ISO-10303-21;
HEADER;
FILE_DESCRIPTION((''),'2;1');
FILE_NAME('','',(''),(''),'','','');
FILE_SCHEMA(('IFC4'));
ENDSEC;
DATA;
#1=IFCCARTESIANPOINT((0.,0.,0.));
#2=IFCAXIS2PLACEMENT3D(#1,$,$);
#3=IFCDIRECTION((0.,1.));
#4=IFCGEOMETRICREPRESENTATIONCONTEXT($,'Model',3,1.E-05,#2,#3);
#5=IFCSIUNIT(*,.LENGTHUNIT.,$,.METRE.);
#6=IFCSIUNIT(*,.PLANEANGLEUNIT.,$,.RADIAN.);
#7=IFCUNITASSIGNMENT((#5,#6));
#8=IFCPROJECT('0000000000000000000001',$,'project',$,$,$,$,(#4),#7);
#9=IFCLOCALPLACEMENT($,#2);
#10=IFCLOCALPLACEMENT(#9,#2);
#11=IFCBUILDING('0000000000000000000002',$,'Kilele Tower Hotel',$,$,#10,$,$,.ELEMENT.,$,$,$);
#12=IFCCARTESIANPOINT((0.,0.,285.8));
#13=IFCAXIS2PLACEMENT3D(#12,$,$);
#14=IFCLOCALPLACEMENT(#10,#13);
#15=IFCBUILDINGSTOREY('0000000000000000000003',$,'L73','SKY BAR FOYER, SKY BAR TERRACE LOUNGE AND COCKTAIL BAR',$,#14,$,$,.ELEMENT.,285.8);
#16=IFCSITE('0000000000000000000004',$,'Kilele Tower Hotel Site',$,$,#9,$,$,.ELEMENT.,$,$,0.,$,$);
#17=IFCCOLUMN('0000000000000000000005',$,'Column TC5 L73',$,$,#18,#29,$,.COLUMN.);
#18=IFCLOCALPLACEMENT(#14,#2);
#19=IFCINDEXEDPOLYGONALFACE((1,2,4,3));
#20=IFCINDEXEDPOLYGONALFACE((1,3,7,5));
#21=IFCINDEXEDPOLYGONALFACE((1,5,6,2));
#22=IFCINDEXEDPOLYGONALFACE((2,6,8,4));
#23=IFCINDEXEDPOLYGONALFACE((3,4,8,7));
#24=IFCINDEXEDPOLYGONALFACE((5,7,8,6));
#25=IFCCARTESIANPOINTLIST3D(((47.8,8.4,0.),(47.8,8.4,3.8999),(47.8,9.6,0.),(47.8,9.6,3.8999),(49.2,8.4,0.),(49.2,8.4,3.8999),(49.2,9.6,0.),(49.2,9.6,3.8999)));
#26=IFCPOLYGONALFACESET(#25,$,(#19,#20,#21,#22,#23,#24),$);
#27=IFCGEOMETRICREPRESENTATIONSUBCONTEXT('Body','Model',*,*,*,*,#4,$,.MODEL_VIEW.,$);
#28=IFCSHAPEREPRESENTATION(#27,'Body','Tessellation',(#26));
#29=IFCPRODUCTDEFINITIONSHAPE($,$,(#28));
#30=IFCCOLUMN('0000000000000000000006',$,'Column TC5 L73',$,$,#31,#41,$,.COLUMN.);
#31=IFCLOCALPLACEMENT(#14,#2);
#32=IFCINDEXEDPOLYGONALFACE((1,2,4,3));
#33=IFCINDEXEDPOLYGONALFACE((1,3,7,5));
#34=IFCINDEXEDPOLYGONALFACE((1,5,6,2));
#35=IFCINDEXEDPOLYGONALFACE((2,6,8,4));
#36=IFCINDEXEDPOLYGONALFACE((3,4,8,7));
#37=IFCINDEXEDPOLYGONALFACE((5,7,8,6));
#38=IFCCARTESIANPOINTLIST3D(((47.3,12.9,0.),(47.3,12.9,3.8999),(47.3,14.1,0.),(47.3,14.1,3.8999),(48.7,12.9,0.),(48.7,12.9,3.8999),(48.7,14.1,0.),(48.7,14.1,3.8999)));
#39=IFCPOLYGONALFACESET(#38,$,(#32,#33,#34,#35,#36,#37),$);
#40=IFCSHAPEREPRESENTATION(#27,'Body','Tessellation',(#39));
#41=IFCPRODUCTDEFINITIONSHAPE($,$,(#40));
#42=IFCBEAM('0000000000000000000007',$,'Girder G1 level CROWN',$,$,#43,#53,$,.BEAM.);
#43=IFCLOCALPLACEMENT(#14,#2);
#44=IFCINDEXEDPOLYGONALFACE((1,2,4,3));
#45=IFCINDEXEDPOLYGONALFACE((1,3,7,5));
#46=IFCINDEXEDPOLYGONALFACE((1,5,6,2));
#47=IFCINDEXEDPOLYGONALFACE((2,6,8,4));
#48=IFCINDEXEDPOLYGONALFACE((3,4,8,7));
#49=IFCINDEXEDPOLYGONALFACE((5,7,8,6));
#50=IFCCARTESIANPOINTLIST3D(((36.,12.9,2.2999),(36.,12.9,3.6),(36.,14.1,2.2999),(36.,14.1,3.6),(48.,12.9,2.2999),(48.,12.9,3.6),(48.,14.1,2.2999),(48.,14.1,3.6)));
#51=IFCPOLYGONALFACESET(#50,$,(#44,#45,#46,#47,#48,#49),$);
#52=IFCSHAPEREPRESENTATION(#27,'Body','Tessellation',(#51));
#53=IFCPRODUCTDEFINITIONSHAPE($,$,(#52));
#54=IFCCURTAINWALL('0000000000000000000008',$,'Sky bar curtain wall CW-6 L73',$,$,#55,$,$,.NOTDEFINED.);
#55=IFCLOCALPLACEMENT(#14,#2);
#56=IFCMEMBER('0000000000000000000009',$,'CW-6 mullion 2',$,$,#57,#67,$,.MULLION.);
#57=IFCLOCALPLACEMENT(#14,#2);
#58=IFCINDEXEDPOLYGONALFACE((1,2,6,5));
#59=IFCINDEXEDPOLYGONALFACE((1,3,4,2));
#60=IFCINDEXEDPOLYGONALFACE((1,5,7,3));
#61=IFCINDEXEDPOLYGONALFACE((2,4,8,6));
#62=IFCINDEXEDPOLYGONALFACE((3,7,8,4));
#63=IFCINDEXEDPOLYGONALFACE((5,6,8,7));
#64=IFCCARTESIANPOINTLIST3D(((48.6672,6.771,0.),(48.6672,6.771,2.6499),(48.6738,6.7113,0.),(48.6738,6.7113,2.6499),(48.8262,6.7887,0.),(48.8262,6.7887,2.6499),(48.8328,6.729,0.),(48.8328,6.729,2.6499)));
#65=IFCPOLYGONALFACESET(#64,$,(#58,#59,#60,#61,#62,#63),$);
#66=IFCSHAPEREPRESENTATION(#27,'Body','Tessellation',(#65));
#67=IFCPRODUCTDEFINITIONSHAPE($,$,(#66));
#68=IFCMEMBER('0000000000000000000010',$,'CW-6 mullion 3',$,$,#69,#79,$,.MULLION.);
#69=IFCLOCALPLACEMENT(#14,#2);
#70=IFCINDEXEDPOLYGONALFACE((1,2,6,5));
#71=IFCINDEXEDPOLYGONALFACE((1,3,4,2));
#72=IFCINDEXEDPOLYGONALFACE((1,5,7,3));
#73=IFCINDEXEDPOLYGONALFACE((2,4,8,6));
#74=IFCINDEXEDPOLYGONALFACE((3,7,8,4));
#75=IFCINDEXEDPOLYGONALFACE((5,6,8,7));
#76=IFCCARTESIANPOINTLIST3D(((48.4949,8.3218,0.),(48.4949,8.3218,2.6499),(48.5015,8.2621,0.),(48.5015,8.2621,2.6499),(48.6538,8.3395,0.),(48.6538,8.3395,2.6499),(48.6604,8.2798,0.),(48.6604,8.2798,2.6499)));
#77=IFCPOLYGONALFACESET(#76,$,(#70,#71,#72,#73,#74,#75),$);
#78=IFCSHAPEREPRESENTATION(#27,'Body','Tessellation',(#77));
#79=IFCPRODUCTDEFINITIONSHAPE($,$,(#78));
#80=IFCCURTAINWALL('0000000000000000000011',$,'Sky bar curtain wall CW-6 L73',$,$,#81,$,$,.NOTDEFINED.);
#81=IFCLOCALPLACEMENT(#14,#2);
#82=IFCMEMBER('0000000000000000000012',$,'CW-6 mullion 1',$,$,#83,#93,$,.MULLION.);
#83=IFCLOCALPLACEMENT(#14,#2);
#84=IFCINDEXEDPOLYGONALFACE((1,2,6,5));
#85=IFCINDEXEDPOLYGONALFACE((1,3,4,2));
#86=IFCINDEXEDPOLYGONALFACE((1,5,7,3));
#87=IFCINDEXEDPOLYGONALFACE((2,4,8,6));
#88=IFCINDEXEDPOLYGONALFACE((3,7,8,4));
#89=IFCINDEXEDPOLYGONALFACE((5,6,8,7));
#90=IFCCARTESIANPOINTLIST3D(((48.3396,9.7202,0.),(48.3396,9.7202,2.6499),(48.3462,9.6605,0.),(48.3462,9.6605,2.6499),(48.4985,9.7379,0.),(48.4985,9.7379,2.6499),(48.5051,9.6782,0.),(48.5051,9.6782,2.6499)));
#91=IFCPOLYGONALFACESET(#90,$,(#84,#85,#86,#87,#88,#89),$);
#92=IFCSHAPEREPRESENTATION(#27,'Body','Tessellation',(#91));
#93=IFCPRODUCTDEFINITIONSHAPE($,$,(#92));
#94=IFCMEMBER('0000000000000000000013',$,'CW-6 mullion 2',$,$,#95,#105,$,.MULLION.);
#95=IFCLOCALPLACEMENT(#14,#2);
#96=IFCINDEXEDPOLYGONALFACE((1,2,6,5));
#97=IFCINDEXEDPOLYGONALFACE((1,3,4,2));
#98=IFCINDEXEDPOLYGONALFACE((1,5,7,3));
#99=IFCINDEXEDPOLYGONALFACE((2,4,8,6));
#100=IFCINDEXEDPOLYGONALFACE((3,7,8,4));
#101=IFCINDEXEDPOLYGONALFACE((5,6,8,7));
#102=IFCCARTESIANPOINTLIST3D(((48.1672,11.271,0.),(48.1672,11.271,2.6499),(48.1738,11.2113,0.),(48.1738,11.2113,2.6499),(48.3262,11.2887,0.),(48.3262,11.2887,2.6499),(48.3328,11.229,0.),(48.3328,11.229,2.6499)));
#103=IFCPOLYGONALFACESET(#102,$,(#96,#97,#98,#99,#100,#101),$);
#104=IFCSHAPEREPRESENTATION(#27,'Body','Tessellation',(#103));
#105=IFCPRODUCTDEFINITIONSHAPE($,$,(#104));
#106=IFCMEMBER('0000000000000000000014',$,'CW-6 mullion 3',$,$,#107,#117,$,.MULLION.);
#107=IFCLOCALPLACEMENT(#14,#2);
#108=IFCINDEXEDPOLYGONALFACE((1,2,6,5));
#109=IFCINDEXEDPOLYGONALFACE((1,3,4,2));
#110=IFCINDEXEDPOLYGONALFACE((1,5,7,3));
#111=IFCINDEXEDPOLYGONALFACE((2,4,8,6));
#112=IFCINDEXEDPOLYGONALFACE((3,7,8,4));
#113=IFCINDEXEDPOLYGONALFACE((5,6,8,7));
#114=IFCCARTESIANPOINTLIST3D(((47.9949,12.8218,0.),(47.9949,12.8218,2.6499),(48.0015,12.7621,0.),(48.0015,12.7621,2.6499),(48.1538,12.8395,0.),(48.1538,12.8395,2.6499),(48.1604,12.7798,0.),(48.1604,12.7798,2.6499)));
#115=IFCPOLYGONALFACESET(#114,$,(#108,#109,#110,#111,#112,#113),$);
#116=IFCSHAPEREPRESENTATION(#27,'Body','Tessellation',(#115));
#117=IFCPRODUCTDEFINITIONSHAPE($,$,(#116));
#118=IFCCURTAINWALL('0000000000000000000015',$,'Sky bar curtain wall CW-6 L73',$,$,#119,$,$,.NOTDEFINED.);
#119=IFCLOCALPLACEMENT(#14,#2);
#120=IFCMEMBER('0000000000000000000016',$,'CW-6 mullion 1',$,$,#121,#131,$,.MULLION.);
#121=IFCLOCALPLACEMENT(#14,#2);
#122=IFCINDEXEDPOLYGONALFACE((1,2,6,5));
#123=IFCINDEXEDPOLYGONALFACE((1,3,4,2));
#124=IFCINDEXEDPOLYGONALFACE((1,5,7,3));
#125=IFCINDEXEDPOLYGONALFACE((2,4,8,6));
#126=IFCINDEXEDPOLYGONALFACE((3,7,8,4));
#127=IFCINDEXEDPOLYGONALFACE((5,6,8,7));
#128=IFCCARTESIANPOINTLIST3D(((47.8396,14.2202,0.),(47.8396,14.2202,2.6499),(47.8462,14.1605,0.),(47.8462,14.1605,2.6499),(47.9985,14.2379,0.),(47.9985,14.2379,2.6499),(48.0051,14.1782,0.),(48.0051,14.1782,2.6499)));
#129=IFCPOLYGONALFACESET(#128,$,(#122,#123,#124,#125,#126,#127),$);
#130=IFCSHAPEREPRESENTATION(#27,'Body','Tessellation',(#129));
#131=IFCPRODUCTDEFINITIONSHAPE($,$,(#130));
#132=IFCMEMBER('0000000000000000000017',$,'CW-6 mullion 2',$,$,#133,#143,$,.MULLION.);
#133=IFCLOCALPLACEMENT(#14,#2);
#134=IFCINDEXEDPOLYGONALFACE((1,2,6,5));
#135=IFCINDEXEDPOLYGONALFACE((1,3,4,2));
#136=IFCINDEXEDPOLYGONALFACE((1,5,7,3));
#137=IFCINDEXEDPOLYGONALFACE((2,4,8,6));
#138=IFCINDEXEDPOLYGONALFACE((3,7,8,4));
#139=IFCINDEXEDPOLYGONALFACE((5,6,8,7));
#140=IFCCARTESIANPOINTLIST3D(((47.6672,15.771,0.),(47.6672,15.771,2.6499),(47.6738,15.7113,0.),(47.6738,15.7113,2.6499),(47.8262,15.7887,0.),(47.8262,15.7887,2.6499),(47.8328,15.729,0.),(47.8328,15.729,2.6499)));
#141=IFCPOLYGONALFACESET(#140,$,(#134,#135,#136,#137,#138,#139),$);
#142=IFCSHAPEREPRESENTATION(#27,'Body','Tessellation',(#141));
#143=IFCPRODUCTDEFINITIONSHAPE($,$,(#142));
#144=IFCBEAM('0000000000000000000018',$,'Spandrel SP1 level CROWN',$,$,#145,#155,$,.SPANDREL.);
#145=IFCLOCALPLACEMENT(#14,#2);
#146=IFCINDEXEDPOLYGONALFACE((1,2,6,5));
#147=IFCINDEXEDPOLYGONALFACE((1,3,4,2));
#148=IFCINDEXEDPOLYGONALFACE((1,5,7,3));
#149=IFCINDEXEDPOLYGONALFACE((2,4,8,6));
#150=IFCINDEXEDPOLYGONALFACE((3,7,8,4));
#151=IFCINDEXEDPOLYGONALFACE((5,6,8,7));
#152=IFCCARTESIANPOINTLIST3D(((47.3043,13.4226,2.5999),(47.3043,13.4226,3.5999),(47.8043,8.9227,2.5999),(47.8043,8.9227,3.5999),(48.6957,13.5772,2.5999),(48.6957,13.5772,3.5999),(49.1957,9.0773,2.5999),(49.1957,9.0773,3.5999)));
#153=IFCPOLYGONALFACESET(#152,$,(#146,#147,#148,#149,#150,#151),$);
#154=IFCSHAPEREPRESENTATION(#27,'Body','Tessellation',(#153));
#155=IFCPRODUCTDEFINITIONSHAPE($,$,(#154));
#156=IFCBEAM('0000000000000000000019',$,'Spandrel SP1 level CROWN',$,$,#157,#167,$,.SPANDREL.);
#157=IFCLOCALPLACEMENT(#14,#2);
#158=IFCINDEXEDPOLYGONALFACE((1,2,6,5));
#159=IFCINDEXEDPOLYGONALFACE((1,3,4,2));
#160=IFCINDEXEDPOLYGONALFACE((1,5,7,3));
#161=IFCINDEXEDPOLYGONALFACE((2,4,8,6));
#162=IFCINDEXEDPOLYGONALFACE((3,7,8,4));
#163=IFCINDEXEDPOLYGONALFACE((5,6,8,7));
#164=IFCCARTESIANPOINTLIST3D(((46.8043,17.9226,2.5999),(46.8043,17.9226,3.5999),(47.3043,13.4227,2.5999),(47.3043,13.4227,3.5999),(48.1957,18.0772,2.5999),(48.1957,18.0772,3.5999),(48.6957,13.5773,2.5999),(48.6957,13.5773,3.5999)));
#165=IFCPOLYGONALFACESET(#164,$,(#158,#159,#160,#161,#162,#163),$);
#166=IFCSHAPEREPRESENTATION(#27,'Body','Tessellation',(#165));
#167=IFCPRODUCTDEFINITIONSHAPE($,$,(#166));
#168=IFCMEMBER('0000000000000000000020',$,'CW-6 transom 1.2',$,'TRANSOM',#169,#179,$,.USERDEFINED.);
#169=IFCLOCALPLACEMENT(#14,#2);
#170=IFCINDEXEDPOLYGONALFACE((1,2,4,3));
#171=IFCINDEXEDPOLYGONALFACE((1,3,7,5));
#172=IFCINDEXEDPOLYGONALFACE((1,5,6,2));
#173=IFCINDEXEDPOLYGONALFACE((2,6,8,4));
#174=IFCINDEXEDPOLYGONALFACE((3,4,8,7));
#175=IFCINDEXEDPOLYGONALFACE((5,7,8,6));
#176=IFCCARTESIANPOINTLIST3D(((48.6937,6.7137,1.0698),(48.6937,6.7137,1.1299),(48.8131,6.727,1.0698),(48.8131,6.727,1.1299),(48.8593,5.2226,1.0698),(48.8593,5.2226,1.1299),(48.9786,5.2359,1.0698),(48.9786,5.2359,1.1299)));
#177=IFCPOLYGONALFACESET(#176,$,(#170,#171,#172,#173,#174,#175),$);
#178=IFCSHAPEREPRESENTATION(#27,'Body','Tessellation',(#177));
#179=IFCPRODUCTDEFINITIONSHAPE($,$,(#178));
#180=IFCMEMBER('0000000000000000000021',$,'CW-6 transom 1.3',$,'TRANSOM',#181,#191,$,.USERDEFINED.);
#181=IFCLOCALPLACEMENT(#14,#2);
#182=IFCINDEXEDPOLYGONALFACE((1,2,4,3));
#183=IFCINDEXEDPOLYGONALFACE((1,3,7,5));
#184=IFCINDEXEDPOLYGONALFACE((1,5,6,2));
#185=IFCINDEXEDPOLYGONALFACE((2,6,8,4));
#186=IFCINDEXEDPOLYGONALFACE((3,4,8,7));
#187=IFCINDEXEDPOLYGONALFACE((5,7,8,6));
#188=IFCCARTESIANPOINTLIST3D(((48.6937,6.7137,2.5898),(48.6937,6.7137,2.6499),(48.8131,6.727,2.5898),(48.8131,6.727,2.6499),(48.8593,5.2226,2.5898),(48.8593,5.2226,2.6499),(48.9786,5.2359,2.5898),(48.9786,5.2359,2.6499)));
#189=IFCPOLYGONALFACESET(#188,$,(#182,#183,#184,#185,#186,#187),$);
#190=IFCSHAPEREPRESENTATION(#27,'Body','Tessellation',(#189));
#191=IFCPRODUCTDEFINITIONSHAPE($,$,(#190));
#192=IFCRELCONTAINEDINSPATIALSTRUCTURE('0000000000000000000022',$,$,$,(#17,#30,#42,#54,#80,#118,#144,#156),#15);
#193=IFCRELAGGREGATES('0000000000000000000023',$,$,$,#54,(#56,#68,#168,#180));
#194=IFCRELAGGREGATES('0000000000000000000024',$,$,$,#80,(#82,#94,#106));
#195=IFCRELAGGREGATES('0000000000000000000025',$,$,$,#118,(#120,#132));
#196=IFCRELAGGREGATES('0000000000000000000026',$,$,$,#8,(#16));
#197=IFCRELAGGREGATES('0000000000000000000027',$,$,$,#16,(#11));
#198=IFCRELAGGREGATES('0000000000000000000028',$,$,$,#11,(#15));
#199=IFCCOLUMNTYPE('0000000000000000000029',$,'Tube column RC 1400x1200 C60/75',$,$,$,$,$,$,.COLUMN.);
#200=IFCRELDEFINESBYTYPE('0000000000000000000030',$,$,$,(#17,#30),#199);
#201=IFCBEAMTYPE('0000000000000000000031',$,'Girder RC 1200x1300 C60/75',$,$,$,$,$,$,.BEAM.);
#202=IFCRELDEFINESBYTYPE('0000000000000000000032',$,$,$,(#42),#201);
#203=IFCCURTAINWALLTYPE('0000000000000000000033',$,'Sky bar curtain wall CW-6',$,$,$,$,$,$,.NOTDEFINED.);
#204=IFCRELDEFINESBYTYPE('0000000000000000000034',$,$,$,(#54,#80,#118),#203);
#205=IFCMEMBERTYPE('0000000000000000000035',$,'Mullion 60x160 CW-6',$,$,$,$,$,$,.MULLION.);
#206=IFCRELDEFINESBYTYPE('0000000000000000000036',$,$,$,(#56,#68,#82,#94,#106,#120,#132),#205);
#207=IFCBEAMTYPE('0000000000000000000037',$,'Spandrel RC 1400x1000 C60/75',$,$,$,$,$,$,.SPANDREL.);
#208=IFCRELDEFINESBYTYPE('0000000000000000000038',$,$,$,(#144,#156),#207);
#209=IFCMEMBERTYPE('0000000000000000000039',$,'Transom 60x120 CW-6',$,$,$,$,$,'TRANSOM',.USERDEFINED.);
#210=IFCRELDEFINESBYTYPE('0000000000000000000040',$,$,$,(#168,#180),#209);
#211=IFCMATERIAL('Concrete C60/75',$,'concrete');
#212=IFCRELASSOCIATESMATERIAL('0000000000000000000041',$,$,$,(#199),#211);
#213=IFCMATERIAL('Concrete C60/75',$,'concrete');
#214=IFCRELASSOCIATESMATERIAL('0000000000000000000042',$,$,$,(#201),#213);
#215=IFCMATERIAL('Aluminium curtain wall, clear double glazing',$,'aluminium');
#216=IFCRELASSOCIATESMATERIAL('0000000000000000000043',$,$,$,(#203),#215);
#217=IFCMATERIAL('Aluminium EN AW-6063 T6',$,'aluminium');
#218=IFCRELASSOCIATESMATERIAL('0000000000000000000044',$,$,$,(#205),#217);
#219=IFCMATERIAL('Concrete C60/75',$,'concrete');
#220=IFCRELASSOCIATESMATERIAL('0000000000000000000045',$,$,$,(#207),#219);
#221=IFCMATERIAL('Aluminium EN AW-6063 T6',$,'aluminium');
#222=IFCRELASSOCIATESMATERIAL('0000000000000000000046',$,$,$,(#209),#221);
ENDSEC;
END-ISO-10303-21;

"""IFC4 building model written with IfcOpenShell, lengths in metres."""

from ifc_helpers import new_model, si_unit, direction, frame, origin, origin_2d, place, context, subcontext, project, spatial, rectangle, extrude, material, material_profile, profile_set, type_object, element, aggregate, save


model = new_model("IFC4")

# Units and contexts
model_context = context("Model", 3, precision=1e-05, world=origin(), true_north=direction((0.0, 1.0)))
body_context = subcontext(model_context, "Body", "Model", "MODEL_VIEW")
ifc_project = project(units=[si_unit("LENGTHUNIT", "METRE"), si_unit("PLANEANGLEUNIT", "RADIAN")], contexts=[model_context])

# Site, building, storey
site_placement = place(None, origin())
site = spatial("IfcSite", under=ifc_project, at=site_placement, Name="Kilele Tower Hotel Site", CompositionType="ELEMENT", RefElevation=0.0)
building_placement = place(site_placement, origin())
building = spatial("IfcBuilding", under=site, at=building_placement, Name="Kilele Tower Hotel", CompositionType="ELEMENT")
storey_placement = place(building_placement, frame((0.0, 0.0, 285.8)))
storey = spatial("IfcBuildingStorey", under=building, at=storey_placement, Name="L73", Description="SKY BAR FOYER, SKY BAR TERRACE LOUNGE AND COCKTAIL BAR", CompositionType="ELEMENT", Elevation=285.8)

# Columns
ifc_material_1 = material(Name="Concrete C60/75", Category="concrete")
ifc_material_profile_1 = material_profile(ifc_material_1, rectangle(XDim=1.3999, YDim=1.2, at=origin_2d()))
ifc_profile_set_1 = profile_set([ifc_material_profile_1], Name="Concrete C60/75")
column_type = type_object("IfcColumnType", Name="Tube column RC 1400x1200 C60/75", PredefinedType="COLUMN", material=ifc_profile_set_1)
for number, where, z_axis, x_axis, name in (
    (1, (48.5, 9.0, 0.0), (0.0, 0.0, 1.0), (1.0, 0.0, 0.0), "Column TC5 L73"),
    (2, (48.0, 13.5, 0.0), (0.0, 0.0, 1.0), (1.0, 0.0, 0.0), "Column TC5 L73"),
):
    element("IfcColumn", number, at=place(storey_placement, frame(where, z_axis=z_axis, x_axis=x_axis)), inside=storey, type_object=column_type, Name=name, PredefinedType="COLUMN", context=body_context, shape_type="SweptSolid", body=[
        extrude(rectangle(XDim=1.3999, YDim=1.2, at=origin_2d()), origin(), (0.0, 0.0, 1.0), 3.8999),
    ])

# Beam
ifc_material_2 = material(Name="Concrete C60/75", Category="concrete")
ifc_material_profile_2 = material_profile(ifc_material_2, rectangle(XDim=1.2, YDim=1.3, at=origin_2d()))
ifc_profile_set_2 = profile_set([ifc_material_profile_2], Name="Concrete C60/75")
beam_type_1 = type_object("IfcBeamType", Name="Girder RC 1200x1300 C60/75", PredefinedType="BEAM", material=ifc_profile_set_2)
beam_placement = place(storey_placement, frame((48.0, 13.5, 2.95), z_axis=(-1.0, 0.0, 0.0), x_axis=(0.0, -1.0, 0.0)))
element("IfcBeam", 3, at=beam_placement, inside=storey, type_object=beam_type_1, Name="Girder G1 level CROWN", PredefinedType="BEAM", context=body_context, shape_type="SweptSolid", body=[
    extrude(rectangle(XDim=1.2, YDim=1.3, at=origin_2d()), origin(), (0.0, 0.0, 1.0), 12.0),
])

# Curtain walls, members
ifc_material_3 = material(Name="Aluminium curtain wall, clear double glazing", Category="aluminium")
curtain_wall_type = type_object("IfcCurtainWallType", Name="Sky bar curtain wall CW-6", PredefinedType="NOTDEFINED", material=ifc_material_3)
curtain_wall_1_placement = place(storey_placement, origin())
curtain_wall_1 = element("IfcCurtainWall", 4, at=curtain_wall_1_placement, inside=storey, type_object=curtain_wall_type, Name="Sky bar curtain wall CW-6 L73", PredefinedType="NOTDEFINED")
ifc_material_4 = material(Name="Aluminium EN AW-6063 T6", Category="aluminium")
ifc_material_profile_3 = material_profile(ifc_material_4, rectangle(XDim=0.1599, YDim=0.0601, at=origin_2d()))
ifc_profile_set_3 = profile_set([ifc_material_profile_3], Name="Aluminium EN AW-6063 T6")
member_type_1 = type_object("IfcMemberType", Name="Mullion 60x160 CW-6", PredefinedType="MULLION", material=ifc_profile_set_3)
member_1_placement = place(storey_placement, frame((48.75, 6.75, 0.0), z_axis=(0.0, 0.0, 1.0), x_axis=(-0.993884, -0.110432, 0.0)))
member_1 = element("IfcMember", 5, at=member_1_placement, type_object=member_type_1, Name="CW-6 mullion 2", PredefinedType="MULLION", context=body_context, shape_type="SweptSolid", body=[
    extrude(rectangle(XDim=0.1599, YDim=0.0601, at=origin_2d()), origin(), (0.0, 0.0, 1.0), 2.6499),
])
member_2_placement = place(storey_placement, frame((48.5776, 8.3008, 0.0), z_axis=(0.0, 0.0, 1.0), x_axis=(-0.993884, -0.110432, 0.0)))
member_2 = element("IfcMember", 6, at=member_2_placement, type_object=member_type_1, Name="CW-6 mullion 3", PredefinedType="MULLION", context=body_context, shape_type="SweptSolid", body=[
    extrude(rectangle(XDim=0.1599, YDim=0.0601, at=origin_2d()), origin(), (0.0, 0.0, 1.0), 2.6499),
])
curtain_wall_2_placement = place(storey_placement, origin())
curtain_wall_2 = element("IfcCurtainWall", 7, at=curtain_wall_2_placement, inside=storey, type_object=curtain_wall_type, Name="Sky bar curtain wall CW-6 L73", PredefinedType="NOTDEFINED")
member_3_placement = place(storey_placement, frame((48.4224, 9.6992, 0.0), z_axis=(0.0, 0.0, 1.0), x_axis=(-0.993884, -0.110432, 0.0)))
member_3 = element("IfcMember", 8, at=member_3_placement, type_object=member_type_1, Name="CW-6 mullion 1", PredefinedType="MULLION", context=body_context, shape_type="SweptSolid", body=[
    extrude(rectangle(XDim=0.1599, YDim=0.0601, at=origin_2d()), origin(), (0.0, 0.0, 1.0), 2.6499),
])
member_4_placement = place(storey_placement, frame((48.25, 11.25, 0.0), z_axis=(0.0, 0.0, 1.0), x_axis=(-0.993884, -0.110432, 0.0)))
member_4 = element("IfcMember", 9, at=member_4_placement, type_object=member_type_1, Name="CW-6 mullion 2", PredefinedType="MULLION", context=body_context, shape_type="SweptSolid", body=[
    extrude(rectangle(XDim=0.1599, YDim=0.0601, at=origin_2d()), origin(), (0.0, 0.0, 1.0), 2.6499),
])
member_5_placement = place(storey_placement, frame((48.0776, 12.8008, 0.0), z_axis=(0.0, 0.0, 1.0), x_axis=(-0.993884, -0.110432, 0.0)))
member_5 = element("IfcMember", 10, at=member_5_placement, type_object=member_type_1, Name="CW-6 mullion 3", PredefinedType="MULLION", context=body_context, shape_type="SweptSolid", body=[
    extrude(rectangle(XDim=0.1599, YDim=0.0601, at=origin_2d()), origin(), (0.0, 0.0, 1.0), 2.6499),
])
curtain_wall_3_placement = place(storey_placement, origin())
curtain_wall_3 = element("IfcCurtainWall", 11, at=curtain_wall_3_placement, inside=storey, type_object=curtain_wall_type, Name="Sky bar curtain wall CW-6 L73", PredefinedType="NOTDEFINED")
member_6_placement = place(storey_placement, frame((47.9224, 14.1992, 0.0), z_axis=(0.0, 0.0, 1.0), x_axis=(-0.993884, -0.110432, 0.0)))
member_6 = element("IfcMember", 12, at=member_6_placement, type_object=member_type_1, Name="CW-6 mullion 1", PredefinedType="MULLION", context=body_context, shape_type="SweptSolid", body=[
    extrude(rectangle(XDim=0.1599, YDim=0.0601, at=origin_2d()), origin(), (0.0, 0.0, 1.0), 2.6499),
])
member_7_placement = place(storey_placement, frame((47.75, 15.75, 0.0), z_axis=(0.0, 0.0, 1.0), x_axis=(-0.993884, -0.110432, 0.0)))
member_7 = element("IfcMember", 13, at=member_7_placement, type_object=member_type_1, Name="CW-6 mullion 2", PredefinedType="MULLION", context=body_context, shape_type="SweptSolid", body=[
    extrude(rectangle(XDim=0.1599, YDim=0.0601, at=origin_2d()), origin(), (0.0, 0.0, 1.0), 2.6499),
])

# Beams
ifc_material_5 = material(Name="Concrete C60/75", Category="concrete")
ifc_material_profile_4 = material_profile(ifc_material_5, rectangle(XDim=1.3999, YDim=1.0, at=origin_2d()))
ifc_profile_set_4 = profile_set([ifc_material_profile_4], Name="Concrete C60/75")
beam_type_2 = type_object("IfcBeamType", Name="Spandrel RC 1400x1000 C60/75", PredefinedType="SPANDREL", material=ifc_profile_set_4)
for number, where, z_axis, x_axis, name in (
    (14, (48.5, 9.0, 3.0999), (-0.110432, 0.993884, 0.0), (-0.993884, -0.110432, 0.0), "Spandrel SP1 level CROWN"),
    (15, (48.0, 13.5, 3.0999), (-0.110432, 0.993884, 0.0), (-0.993884, -0.110432, 0.0), "Spandrel SP1 level CROWN"),
):
    element("IfcBeam", number, at=place(storey_placement, frame(where, z_axis=z_axis, x_axis=x_axis)), inside=storey, type_object=beam_type_2, Name=name, PredefinedType="SPANDREL", context=body_context, shape_type="SweptSolid", body=[
        extrude(rectangle(XDim=1.3999, YDim=1.0, at=origin_2d()), origin(), (0.0, 0.0, 1.0), 4.5276),
    ])

# Members
ifc_material_6 = material(Name="Aluminium EN AW-6063 T6", Category="aluminium")
ifc_material_profile_5 = material_profile(ifc_material_6, rectangle(XDim=0.1201, YDim=0.0601, at=origin_2d()))
ifc_profile_set_5 = profile_set([ifc_material_profile_5], Name="Aluminium EN AW-6063 T6")
member_type_2 = type_object("IfcMemberType", Name="Transom 60x120 CW-6", ElementType="TRANSOM", PredefinedType="USERDEFINED", material=ifc_profile_set_5)
member_8_placement = place(storey_placement, frame((48.9189, 5.2292, 1.0999), z_axis=(-0.110342, 0.993894, 0.0), x_axis=(-0.993894, -0.110342, 0.0)))
member_8 = element("IfcMember", 16, at=member_8_placement, type_object=member_type_2, Name="CW-6 transom 1.2", ObjectType="TRANSOM", PredefinedType="USERDEFINED", context=body_context, shape_type="SweptSolid", body=[
    extrude(rectangle(XDim=0.1201, YDim=0.0601, at=origin_2d()), origin(), (0.0, 0.0, 1.0), 1.5002),
])
member_9_placement = place(storey_placement, frame((48.9189, 5.2292, 2.6199), z_axis=(-0.110342, 0.993894, 0.0), x_axis=(-0.993894, -0.110342, 0.0)))
member_9 = element("IfcMember", 17, at=member_9_placement, type_object=member_type_2, Name="CW-6 transom 1.3", ObjectType="TRANSOM", PredefinedType="USERDEFINED", context=body_context, shape_type="SweptSolid", body=[
    extrude(rectangle(XDim=0.1201, YDim=0.0601, at=origin_2d()), origin(), (0.0, 0.0, 1.0), 1.5002),
])

aggregate(curtain_wall_1, [member_1, member_2, member_8, member_9])
aggregate(curtain_wall_2, [member_3, member_4, member_5])
aggregate(curtain_wall_3, [member_6, member_7])

save(model, "model.ifc")
